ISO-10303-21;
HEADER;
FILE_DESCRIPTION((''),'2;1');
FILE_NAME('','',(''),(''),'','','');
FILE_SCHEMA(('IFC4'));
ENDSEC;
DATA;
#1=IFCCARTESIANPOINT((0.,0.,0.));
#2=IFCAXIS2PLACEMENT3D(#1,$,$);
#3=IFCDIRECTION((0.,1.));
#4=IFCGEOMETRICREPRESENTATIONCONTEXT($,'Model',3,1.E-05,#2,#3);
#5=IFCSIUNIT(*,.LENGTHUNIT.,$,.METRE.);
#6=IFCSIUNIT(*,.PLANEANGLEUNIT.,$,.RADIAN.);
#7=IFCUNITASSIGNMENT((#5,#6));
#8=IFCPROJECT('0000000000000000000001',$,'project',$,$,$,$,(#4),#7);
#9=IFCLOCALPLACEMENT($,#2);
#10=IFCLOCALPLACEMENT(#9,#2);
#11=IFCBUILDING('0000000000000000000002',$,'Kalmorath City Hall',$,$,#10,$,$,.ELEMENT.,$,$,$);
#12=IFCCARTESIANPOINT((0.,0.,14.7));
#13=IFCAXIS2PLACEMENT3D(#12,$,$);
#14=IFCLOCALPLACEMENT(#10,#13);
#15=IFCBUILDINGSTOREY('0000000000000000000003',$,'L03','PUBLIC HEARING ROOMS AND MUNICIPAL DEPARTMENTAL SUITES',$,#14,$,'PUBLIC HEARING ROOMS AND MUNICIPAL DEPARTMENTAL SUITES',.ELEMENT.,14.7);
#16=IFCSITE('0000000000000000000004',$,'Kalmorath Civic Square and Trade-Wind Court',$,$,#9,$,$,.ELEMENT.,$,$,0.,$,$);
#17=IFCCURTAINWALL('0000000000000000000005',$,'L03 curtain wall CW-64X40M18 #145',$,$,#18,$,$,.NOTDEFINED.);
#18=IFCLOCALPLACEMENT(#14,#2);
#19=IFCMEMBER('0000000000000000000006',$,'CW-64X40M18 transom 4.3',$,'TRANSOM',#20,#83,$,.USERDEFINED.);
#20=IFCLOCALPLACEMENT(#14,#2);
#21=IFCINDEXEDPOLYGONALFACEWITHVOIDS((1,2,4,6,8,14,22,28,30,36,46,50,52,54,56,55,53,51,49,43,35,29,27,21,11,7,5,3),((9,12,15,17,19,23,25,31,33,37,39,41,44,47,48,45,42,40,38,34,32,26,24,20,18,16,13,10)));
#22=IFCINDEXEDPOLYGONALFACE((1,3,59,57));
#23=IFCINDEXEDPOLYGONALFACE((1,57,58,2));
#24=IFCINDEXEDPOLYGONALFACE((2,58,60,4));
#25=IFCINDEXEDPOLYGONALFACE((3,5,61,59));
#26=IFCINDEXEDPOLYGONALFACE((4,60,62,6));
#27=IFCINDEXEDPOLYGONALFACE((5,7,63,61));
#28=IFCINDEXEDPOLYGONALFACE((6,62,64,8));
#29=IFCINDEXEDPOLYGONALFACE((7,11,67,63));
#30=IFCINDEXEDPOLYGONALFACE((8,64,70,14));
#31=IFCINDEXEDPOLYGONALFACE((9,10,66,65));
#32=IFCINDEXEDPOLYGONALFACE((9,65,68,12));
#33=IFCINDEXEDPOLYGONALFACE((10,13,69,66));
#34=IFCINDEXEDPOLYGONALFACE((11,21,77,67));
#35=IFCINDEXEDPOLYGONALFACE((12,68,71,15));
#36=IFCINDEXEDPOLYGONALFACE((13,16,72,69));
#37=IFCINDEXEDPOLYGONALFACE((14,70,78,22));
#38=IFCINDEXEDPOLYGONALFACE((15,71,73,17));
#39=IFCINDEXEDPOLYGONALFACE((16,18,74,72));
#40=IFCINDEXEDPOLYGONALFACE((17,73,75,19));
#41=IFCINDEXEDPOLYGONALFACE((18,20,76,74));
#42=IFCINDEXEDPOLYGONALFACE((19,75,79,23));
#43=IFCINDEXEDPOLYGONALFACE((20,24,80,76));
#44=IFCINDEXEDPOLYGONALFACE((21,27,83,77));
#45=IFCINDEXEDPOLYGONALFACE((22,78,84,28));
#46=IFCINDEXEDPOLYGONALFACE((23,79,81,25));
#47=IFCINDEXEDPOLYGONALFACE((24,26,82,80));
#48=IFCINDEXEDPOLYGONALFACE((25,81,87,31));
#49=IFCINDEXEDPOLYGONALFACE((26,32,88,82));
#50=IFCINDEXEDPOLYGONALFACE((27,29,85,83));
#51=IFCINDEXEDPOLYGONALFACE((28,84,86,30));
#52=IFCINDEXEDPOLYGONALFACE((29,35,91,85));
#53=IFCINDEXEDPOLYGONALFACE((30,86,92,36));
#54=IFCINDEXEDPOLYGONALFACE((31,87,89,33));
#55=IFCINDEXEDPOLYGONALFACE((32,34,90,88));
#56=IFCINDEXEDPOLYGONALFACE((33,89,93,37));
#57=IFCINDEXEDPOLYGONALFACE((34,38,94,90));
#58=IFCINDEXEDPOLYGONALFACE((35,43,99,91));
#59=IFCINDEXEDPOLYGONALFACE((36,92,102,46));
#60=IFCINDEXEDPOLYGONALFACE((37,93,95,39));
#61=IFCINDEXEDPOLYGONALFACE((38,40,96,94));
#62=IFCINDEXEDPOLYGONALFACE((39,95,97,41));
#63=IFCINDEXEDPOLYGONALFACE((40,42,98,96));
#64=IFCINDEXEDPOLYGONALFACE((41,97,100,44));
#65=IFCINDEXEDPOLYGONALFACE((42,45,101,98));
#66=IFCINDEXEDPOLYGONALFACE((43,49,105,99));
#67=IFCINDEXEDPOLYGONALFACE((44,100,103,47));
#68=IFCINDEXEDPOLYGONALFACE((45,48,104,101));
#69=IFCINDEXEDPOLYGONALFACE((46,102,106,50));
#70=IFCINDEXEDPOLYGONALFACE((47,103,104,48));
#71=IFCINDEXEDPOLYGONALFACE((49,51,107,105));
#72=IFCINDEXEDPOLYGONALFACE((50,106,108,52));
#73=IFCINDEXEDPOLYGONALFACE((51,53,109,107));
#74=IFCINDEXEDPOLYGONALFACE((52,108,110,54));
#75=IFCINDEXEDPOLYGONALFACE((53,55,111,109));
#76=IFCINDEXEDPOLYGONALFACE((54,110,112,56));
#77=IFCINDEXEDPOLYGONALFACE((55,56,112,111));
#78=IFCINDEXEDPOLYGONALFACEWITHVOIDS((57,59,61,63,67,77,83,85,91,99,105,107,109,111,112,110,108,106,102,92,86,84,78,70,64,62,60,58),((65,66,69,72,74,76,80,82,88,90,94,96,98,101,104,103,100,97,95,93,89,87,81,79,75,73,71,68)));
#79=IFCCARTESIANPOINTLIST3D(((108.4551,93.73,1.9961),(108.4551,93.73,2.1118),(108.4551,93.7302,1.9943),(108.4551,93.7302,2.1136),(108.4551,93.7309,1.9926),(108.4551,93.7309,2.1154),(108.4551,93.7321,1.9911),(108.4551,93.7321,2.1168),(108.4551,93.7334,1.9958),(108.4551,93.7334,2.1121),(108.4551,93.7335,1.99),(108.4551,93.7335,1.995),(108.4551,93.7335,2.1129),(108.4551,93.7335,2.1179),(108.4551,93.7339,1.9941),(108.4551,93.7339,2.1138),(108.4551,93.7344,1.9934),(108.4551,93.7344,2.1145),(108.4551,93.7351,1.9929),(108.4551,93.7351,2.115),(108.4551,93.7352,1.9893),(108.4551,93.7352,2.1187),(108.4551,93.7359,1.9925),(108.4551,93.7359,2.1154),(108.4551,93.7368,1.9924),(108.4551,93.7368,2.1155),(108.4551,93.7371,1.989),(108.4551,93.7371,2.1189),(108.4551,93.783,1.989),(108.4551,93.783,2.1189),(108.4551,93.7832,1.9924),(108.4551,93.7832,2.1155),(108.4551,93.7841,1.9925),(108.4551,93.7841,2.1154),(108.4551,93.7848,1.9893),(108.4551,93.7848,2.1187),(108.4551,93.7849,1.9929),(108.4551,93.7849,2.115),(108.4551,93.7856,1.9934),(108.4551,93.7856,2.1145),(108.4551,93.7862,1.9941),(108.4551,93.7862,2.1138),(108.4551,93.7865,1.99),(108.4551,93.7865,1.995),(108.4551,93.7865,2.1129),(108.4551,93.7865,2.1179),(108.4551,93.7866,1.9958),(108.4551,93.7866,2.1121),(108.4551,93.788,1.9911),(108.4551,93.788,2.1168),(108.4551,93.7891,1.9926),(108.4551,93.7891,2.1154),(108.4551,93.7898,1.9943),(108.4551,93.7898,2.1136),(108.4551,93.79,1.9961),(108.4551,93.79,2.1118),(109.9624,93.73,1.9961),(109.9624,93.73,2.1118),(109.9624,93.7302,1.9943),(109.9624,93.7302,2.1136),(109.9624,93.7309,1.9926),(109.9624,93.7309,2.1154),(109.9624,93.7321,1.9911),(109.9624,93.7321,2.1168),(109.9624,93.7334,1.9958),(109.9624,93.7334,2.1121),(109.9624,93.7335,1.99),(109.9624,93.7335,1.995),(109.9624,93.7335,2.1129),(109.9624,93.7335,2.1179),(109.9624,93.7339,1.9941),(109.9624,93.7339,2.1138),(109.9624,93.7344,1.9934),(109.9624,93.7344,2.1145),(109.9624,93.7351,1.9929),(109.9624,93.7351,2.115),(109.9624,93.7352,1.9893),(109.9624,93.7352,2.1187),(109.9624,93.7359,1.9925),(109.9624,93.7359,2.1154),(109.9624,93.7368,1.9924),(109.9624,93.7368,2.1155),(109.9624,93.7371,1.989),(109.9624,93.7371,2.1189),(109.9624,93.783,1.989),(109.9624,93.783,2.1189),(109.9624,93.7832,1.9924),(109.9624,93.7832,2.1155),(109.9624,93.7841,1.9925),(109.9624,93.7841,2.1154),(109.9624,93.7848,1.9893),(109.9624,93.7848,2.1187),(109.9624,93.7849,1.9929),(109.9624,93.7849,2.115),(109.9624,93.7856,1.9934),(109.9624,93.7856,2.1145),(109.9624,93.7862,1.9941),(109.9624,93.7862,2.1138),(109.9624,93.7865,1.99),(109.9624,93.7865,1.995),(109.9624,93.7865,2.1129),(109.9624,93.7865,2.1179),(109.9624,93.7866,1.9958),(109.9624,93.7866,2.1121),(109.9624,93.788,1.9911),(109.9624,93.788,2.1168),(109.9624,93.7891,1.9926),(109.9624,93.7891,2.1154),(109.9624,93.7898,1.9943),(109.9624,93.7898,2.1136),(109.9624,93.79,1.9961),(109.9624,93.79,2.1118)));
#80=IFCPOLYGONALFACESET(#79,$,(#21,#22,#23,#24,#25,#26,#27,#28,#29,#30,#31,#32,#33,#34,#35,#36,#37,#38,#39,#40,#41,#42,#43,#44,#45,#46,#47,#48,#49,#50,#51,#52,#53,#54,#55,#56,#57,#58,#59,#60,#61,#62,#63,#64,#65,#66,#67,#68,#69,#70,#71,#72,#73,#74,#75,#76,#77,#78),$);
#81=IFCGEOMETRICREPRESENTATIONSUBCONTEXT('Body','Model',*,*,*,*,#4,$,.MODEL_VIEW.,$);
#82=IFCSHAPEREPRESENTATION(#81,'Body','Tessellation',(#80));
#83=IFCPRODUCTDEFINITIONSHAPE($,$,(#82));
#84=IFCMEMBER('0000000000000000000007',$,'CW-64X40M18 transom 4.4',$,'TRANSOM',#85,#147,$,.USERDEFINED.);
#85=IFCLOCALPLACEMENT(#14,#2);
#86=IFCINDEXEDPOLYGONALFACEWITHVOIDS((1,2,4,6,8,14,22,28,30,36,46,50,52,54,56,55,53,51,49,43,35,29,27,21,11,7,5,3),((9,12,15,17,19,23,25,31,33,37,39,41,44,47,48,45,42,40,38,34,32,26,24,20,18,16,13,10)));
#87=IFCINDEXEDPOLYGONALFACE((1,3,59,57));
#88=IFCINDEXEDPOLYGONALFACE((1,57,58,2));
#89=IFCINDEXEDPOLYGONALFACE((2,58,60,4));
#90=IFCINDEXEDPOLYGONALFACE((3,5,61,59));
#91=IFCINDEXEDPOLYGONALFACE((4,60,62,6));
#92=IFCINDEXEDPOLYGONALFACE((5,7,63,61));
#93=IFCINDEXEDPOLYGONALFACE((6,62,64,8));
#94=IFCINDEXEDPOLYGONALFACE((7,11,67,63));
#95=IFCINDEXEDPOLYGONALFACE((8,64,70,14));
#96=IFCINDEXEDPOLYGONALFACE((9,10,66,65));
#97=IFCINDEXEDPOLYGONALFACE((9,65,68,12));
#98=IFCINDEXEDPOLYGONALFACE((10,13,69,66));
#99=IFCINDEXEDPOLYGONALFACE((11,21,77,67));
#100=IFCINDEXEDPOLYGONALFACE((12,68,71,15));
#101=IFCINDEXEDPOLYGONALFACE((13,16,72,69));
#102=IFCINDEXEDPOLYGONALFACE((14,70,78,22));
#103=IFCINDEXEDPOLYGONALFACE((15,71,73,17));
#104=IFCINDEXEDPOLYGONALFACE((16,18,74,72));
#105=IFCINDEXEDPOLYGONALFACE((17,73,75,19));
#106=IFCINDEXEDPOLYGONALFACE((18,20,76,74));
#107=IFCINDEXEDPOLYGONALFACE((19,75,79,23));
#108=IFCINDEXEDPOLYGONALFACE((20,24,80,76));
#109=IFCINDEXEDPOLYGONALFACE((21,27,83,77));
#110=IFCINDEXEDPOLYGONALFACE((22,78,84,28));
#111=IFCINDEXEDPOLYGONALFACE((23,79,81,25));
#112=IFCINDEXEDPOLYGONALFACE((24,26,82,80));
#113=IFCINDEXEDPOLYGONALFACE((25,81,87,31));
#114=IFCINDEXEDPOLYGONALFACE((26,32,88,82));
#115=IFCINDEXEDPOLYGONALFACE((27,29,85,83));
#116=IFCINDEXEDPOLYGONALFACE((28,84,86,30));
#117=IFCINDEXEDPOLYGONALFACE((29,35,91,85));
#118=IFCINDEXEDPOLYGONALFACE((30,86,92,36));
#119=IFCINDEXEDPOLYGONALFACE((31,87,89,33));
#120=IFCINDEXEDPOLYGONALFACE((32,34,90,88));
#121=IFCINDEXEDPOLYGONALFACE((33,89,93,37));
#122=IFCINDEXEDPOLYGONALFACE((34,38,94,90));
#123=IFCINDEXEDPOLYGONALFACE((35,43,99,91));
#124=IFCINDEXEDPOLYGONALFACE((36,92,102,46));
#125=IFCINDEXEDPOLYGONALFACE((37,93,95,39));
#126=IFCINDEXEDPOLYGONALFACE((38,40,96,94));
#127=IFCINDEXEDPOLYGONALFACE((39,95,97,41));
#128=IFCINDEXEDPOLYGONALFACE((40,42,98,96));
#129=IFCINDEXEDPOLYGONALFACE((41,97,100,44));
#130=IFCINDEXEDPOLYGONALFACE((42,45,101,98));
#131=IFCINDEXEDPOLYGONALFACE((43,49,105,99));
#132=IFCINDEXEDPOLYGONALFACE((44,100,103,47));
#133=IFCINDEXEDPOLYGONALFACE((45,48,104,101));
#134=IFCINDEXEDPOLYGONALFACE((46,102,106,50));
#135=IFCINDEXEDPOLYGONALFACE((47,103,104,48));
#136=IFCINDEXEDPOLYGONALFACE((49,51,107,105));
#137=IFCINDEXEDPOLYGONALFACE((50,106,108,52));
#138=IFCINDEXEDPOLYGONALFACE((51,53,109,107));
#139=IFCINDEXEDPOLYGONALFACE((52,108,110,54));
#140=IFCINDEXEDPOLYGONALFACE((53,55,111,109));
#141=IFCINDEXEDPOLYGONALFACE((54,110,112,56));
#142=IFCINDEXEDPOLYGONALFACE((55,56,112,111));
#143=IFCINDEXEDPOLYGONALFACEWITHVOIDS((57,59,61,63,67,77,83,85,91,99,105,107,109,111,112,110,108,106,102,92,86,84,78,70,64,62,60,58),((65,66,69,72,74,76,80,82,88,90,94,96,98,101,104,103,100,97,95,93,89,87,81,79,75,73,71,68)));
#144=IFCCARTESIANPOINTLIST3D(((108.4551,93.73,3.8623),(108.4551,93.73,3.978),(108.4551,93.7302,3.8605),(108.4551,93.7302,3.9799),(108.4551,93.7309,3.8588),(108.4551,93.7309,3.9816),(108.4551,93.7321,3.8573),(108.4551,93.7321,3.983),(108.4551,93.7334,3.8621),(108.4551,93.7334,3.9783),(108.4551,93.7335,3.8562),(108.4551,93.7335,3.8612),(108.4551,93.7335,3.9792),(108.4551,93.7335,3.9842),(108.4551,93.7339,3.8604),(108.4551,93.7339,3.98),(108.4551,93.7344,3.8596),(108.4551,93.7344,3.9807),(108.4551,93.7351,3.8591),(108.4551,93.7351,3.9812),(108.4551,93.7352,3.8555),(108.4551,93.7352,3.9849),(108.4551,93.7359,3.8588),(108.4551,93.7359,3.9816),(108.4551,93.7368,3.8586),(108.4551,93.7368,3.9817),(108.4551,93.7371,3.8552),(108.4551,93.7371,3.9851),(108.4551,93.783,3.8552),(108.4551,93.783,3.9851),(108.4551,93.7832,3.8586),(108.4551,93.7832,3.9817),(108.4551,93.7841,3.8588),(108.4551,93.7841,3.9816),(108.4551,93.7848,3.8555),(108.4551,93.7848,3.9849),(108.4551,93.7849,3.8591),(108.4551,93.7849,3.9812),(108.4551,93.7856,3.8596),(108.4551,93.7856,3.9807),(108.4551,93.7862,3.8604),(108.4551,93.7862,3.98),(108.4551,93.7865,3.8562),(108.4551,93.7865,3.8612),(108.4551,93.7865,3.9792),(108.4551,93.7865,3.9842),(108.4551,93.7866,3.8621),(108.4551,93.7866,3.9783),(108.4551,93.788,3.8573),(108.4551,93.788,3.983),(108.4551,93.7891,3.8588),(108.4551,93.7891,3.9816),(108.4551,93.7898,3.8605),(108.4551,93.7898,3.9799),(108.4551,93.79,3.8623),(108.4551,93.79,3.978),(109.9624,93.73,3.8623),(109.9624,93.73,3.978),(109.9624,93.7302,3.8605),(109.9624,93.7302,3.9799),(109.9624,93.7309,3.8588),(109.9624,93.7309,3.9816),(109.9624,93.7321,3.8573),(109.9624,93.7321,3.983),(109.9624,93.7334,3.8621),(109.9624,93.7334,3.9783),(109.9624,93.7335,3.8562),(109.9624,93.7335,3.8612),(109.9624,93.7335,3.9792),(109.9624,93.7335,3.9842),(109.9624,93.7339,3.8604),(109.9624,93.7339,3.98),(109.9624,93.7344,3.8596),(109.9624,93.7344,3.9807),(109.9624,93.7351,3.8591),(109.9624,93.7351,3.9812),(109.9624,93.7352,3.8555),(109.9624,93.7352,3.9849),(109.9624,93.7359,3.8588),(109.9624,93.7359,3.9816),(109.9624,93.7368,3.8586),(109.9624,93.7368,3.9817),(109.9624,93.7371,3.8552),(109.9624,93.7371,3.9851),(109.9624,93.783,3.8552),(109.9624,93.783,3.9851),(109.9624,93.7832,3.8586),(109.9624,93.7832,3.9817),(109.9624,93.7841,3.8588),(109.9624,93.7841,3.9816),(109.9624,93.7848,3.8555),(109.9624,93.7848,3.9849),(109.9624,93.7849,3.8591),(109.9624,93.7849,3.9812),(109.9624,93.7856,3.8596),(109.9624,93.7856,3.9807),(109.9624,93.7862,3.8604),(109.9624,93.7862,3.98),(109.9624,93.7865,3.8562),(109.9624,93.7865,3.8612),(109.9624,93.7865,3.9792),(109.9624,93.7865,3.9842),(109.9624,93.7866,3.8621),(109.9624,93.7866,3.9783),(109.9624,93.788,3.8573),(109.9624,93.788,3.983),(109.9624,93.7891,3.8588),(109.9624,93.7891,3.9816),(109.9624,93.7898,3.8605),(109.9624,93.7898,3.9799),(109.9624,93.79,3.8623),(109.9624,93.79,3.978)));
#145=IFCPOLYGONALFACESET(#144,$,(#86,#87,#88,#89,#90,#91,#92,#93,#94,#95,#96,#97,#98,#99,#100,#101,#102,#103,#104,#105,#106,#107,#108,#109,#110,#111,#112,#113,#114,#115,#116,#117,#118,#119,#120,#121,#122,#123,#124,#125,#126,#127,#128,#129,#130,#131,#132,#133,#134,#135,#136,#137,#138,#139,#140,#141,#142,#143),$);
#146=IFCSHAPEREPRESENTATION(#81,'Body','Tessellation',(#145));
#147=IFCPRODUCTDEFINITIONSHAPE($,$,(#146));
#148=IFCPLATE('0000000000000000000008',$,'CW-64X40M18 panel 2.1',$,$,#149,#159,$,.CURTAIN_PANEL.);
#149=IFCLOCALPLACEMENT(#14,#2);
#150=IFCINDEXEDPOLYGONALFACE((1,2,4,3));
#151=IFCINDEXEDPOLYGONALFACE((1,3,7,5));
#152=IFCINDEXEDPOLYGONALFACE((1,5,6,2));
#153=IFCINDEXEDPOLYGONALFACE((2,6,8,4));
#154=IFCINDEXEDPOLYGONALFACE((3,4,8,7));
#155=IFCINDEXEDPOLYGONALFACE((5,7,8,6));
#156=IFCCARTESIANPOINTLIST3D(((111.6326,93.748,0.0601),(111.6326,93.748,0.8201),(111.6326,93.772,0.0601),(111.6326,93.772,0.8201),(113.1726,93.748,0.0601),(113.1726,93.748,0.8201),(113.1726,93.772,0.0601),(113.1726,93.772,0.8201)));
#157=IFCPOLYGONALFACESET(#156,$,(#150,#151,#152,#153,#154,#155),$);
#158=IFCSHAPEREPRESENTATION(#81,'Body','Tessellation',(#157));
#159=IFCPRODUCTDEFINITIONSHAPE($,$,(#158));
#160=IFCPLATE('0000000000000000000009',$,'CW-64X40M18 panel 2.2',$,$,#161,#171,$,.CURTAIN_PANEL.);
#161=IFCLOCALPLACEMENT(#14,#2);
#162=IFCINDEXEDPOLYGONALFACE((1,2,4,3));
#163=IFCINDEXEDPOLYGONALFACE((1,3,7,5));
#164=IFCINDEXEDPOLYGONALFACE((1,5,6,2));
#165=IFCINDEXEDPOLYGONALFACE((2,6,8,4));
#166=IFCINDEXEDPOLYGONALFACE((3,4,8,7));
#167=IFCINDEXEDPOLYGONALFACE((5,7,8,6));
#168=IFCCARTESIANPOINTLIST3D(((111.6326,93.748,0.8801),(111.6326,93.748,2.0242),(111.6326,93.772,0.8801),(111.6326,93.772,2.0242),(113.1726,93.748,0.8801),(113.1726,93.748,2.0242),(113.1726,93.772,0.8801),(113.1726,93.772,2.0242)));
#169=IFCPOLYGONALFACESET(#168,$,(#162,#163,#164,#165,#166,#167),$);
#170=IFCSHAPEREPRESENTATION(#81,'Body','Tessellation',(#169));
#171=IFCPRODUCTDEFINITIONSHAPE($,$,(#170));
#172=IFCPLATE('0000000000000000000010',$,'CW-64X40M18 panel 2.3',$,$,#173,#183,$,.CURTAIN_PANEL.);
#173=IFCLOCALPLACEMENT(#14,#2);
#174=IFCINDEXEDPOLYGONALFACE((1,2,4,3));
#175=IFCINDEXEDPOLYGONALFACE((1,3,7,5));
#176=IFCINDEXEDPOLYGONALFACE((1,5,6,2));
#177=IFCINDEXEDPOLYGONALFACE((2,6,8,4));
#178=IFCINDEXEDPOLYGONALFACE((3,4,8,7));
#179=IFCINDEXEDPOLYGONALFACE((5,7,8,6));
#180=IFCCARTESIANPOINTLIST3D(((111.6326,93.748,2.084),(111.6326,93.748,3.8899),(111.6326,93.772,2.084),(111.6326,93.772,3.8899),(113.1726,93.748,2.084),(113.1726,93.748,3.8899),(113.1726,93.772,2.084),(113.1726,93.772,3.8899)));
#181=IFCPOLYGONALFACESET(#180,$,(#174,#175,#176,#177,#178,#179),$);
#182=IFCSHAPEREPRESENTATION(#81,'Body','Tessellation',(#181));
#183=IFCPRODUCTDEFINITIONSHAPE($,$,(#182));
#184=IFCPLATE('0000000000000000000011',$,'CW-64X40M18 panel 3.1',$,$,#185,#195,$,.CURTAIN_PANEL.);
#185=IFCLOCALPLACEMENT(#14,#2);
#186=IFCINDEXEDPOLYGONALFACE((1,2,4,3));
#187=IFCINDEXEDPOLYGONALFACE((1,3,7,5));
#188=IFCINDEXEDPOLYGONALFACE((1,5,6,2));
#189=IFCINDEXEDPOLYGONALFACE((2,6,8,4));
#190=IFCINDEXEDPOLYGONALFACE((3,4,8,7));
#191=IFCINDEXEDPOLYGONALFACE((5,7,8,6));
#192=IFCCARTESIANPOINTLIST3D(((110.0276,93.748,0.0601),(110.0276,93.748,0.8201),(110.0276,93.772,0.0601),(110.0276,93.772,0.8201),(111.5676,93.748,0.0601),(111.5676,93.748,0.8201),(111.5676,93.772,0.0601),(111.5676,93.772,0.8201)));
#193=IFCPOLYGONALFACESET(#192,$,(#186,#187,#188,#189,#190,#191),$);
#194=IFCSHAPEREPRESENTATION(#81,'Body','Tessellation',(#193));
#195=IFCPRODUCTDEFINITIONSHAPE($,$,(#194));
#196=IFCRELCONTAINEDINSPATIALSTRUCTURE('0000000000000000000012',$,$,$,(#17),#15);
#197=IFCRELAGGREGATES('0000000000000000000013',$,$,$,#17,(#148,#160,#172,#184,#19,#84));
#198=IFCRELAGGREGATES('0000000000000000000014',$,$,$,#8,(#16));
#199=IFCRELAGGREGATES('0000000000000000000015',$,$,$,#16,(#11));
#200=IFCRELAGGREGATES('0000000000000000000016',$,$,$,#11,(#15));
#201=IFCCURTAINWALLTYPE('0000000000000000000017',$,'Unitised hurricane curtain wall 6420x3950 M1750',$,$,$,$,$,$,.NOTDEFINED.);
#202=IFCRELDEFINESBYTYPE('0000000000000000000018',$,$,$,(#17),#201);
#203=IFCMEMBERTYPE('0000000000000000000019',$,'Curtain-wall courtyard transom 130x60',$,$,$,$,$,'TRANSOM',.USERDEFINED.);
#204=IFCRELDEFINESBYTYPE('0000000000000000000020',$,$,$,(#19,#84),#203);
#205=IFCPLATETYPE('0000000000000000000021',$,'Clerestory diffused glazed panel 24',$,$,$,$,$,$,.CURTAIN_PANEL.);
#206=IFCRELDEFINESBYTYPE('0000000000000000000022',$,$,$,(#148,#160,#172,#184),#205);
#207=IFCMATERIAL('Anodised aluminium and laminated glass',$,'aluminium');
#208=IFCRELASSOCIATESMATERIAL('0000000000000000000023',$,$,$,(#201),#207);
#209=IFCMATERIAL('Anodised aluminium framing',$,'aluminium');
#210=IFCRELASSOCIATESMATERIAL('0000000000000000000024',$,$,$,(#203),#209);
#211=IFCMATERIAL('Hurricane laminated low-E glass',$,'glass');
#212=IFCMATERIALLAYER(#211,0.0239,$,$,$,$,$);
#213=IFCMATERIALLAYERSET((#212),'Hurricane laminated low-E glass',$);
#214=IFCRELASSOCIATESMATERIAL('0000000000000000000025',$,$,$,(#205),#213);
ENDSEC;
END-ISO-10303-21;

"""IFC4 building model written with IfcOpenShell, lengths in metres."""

from ifc_helpers import new_model, si_unit, direction, frame, origin, origin_2d, place, context, subcontext, project, spatial, rectangle, hollow_rectangle, extrude, material, layer, layer_set, material_profile, profile_set, type_object, element, aggregate, save


model = new_model("IFC4")

# Units and contexts
model_context = context("Model", 3, precision=1e-05, world=origin(), true_north=direction((0.0, 1.0)))
body_context = subcontext(model_context, "Body", "Model", "MODEL_VIEW")
ifc_project = project(units=[si_unit("LENGTHUNIT", "METRE"), si_unit("PLANEANGLEUNIT", "RADIAN")], contexts=[model_context])

# Site, building, storey
site_placement = place(None, origin())
site = spatial("IfcSite", under=ifc_project, at=site_placement, Name="Kalmorath Civic Square and Trade-Wind Court", CompositionType="ELEMENT", RefElevation=0.0)
building_placement = place(site_placement, origin())
building = spatial("IfcBuilding", under=site, at=building_placement, Name="Kalmorath City Hall", CompositionType="ELEMENT")
storey_placement = place(building_placement, frame((0.0, 0.0, 14.7)))
storey = spatial("IfcBuildingStorey", under=building, at=storey_placement, Name="L03", Description="PUBLIC HEARING ROOMS AND MUNICIPAL DEPARTMENTAL SUITES", LongName="PUBLIC HEARING ROOMS AND MUNICIPAL DEPARTMENTAL SUITES", CompositionType="ELEMENT", Elevation=14.7)

# Curtain wall, members, plates
ifc_material_1 = material(Name="Anodised aluminium and laminated glass", Category="aluminium")
curtain_wall_type = type_object("IfcCurtainWallType", Name="Unitised hurricane curtain wall 6420x3950 M1750", PredefinedType="NOTDEFINED", material=ifc_material_1)
curtain_wall_placement = place(storey_placement, origin())
curtain_wall = element("IfcCurtainWall", 1, at=curtain_wall_placement, inside=storey, type_object=curtain_wall_type, Name="L03 curtain wall CW-64X40M18 #145", PredefinedType="NOTDEFINED")
ifc_material_2 = material(Name="Anodised aluminium framing", Category="aluminium")
ifc_material_profile_1 = material_profile(ifc_material_2, hollow_rectangle(XDim=0.0601, YDim=0.1299, WallThickness=0.0034, InnerFilletRadius=0.0034, OuterFilletRadius=0.0071, at=origin_2d()), Name="ALU-TRN-130X60X3.5")
ifc_profile_set_1 = profile_set([ifc_material_profile_1], Name="Anodised aluminium framing")
member_type_1 = type_object("IfcMemberType", Name="Curtain-wall courtyard transom 130x60", ElementType="TRANSOM", PredefinedType="USERDEFINED", material=ifc_profile_set_1)
member_1_placement = place(storey_placement, frame((109.9624, 93.76, 2.054), z_axis=(-1.0, 0.0, 0.0), x_axis=(0.0, -1.0, 0.0)))
member_1 = element("IfcMember", 2, at=member_1_placement, type_object=member_type_1, Name="CW-64X40M18 transom 4.3", ObjectType="TRANSOM", PredefinedType="USERDEFINED", context=body_context, shape_type="SweptSolid", body=[
    extrude(hollow_rectangle(XDim=0.0601, YDim=0.1299, WallThickness=0.0034, InnerFilletRadius=0.0034, OuterFilletRadius=0.0071, at=origin_2d()), origin(), (0.0, 0.0, 1.0), 1.5073),
])
member_2_placement = place(storey_placement, frame((109.9624, 93.76, 3.9202), z_axis=(-1.0, 0.0, 0.0), x_axis=(0.0, -1.0, 0.0)))
member_2 = element("IfcMember", 3, at=member_2_placement, type_object=member_type_1, Name="CW-64X40M18 transom 4.4", ObjectType="TRANSOM", PredefinedType="USERDEFINED", context=body_context, shape_type="SweptSolid", body=[
    extrude(hollow_rectangle(XDim=0.0601, YDim=0.1299, WallThickness=0.0034, InnerFilletRadius=0.0034, OuterFilletRadius=0.0071, at=origin_2d()), origin(), (0.0, 0.0, 1.0), 1.5073),
])
ifc_material_3 = material(Name="Hurricane laminated low-E glass", Category="glass")
ifc_layer = layer(ifc_material_3, 0.0239)
ifc_layer_set = layer_set([ifc_layer], Name="Hurricane laminated low-E glass")
plate_type = type_object("IfcPlateType", Name="Clerestory diffused glazed panel 24", PredefinedType="CURTAIN_PANEL", material=ifc_layer_set)
plate_1_placement = place(storey_placement, frame((112.4026, 93.76, 0.0601), z_axis=(0.0, 0.0, 1.0), x_axis=(-1.0, 0.0, 0.0)))
plate_1 = element("IfcPlate", 4, at=plate_1_placement, type_object=plate_type, Name="CW-64X40M18 panel 2.1", PredefinedType="CURTAIN_PANEL", context=body_context, shape_type="SweptSolid", body=[
    extrude(rectangle(XDim=1.54, YDim=0.0239, at=origin_2d()), origin(), (0.0, 0.0, 1.0), 0.76),
])
plate_2_placement = place(storey_placement, frame((112.4026, 93.76, 0.8801), z_axis=(0.0, 0.0, 1.0), x_axis=(-1.0, 0.0, 0.0)))
plate_2 = element("IfcPlate", 5, at=plate_2_placement, type_object=plate_type, Name="CW-64X40M18 panel 2.2", PredefinedType="CURTAIN_PANEL", context=body_context, shape_type="SweptSolid", body=[
    extrude(rectangle(XDim=1.54, YDim=0.0239, at=origin_2d()), origin(), (0.0, 0.0, 1.0), 1.144),
])
plate_3_placement = place(storey_placement, frame((112.4026, 93.76, 2.084), z_axis=(0.0, 0.0, 1.0), x_axis=(-1.0, 0.0, 0.0)))
plate_3 = element("IfcPlate", 6, at=plate_3_placement, type_object=plate_type, Name="CW-64X40M18 panel 2.3", PredefinedType="CURTAIN_PANEL", context=body_context, shape_type="SweptSolid", body=[
    extrude(rectangle(XDim=1.54, YDim=0.0239, at=origin_2d()), origin(), (0.0, 0.0, 1.0), 1.8059),
])
plate_4_placement = place(storey_placement, frame((110.7976, 93.76, 0.0601), z_axis=(0.0, 0.0, 1.0), x_axis=(-1.0, 0.0, 0.0)))
plate_4 = element("IfcPlate", 7, at=plate_4_placement, type_object=plate_type, Name="CW-64X40M18 panel 3.1", PredefinedType="CURTAIN_PANEL", context=body_context, shape_type="SweptSolid", body=[
    extrude(rectangle(XDim=1.54, YDim=0.0239, at=origin_2d()), origin(), (0.0, 0.0, 1.0), 0.76),
])
aggregate(curtain_wall, [plate_1, plate_2, plate_3, plate_4, member_1, member_2])

save(model, "model.ifc")
